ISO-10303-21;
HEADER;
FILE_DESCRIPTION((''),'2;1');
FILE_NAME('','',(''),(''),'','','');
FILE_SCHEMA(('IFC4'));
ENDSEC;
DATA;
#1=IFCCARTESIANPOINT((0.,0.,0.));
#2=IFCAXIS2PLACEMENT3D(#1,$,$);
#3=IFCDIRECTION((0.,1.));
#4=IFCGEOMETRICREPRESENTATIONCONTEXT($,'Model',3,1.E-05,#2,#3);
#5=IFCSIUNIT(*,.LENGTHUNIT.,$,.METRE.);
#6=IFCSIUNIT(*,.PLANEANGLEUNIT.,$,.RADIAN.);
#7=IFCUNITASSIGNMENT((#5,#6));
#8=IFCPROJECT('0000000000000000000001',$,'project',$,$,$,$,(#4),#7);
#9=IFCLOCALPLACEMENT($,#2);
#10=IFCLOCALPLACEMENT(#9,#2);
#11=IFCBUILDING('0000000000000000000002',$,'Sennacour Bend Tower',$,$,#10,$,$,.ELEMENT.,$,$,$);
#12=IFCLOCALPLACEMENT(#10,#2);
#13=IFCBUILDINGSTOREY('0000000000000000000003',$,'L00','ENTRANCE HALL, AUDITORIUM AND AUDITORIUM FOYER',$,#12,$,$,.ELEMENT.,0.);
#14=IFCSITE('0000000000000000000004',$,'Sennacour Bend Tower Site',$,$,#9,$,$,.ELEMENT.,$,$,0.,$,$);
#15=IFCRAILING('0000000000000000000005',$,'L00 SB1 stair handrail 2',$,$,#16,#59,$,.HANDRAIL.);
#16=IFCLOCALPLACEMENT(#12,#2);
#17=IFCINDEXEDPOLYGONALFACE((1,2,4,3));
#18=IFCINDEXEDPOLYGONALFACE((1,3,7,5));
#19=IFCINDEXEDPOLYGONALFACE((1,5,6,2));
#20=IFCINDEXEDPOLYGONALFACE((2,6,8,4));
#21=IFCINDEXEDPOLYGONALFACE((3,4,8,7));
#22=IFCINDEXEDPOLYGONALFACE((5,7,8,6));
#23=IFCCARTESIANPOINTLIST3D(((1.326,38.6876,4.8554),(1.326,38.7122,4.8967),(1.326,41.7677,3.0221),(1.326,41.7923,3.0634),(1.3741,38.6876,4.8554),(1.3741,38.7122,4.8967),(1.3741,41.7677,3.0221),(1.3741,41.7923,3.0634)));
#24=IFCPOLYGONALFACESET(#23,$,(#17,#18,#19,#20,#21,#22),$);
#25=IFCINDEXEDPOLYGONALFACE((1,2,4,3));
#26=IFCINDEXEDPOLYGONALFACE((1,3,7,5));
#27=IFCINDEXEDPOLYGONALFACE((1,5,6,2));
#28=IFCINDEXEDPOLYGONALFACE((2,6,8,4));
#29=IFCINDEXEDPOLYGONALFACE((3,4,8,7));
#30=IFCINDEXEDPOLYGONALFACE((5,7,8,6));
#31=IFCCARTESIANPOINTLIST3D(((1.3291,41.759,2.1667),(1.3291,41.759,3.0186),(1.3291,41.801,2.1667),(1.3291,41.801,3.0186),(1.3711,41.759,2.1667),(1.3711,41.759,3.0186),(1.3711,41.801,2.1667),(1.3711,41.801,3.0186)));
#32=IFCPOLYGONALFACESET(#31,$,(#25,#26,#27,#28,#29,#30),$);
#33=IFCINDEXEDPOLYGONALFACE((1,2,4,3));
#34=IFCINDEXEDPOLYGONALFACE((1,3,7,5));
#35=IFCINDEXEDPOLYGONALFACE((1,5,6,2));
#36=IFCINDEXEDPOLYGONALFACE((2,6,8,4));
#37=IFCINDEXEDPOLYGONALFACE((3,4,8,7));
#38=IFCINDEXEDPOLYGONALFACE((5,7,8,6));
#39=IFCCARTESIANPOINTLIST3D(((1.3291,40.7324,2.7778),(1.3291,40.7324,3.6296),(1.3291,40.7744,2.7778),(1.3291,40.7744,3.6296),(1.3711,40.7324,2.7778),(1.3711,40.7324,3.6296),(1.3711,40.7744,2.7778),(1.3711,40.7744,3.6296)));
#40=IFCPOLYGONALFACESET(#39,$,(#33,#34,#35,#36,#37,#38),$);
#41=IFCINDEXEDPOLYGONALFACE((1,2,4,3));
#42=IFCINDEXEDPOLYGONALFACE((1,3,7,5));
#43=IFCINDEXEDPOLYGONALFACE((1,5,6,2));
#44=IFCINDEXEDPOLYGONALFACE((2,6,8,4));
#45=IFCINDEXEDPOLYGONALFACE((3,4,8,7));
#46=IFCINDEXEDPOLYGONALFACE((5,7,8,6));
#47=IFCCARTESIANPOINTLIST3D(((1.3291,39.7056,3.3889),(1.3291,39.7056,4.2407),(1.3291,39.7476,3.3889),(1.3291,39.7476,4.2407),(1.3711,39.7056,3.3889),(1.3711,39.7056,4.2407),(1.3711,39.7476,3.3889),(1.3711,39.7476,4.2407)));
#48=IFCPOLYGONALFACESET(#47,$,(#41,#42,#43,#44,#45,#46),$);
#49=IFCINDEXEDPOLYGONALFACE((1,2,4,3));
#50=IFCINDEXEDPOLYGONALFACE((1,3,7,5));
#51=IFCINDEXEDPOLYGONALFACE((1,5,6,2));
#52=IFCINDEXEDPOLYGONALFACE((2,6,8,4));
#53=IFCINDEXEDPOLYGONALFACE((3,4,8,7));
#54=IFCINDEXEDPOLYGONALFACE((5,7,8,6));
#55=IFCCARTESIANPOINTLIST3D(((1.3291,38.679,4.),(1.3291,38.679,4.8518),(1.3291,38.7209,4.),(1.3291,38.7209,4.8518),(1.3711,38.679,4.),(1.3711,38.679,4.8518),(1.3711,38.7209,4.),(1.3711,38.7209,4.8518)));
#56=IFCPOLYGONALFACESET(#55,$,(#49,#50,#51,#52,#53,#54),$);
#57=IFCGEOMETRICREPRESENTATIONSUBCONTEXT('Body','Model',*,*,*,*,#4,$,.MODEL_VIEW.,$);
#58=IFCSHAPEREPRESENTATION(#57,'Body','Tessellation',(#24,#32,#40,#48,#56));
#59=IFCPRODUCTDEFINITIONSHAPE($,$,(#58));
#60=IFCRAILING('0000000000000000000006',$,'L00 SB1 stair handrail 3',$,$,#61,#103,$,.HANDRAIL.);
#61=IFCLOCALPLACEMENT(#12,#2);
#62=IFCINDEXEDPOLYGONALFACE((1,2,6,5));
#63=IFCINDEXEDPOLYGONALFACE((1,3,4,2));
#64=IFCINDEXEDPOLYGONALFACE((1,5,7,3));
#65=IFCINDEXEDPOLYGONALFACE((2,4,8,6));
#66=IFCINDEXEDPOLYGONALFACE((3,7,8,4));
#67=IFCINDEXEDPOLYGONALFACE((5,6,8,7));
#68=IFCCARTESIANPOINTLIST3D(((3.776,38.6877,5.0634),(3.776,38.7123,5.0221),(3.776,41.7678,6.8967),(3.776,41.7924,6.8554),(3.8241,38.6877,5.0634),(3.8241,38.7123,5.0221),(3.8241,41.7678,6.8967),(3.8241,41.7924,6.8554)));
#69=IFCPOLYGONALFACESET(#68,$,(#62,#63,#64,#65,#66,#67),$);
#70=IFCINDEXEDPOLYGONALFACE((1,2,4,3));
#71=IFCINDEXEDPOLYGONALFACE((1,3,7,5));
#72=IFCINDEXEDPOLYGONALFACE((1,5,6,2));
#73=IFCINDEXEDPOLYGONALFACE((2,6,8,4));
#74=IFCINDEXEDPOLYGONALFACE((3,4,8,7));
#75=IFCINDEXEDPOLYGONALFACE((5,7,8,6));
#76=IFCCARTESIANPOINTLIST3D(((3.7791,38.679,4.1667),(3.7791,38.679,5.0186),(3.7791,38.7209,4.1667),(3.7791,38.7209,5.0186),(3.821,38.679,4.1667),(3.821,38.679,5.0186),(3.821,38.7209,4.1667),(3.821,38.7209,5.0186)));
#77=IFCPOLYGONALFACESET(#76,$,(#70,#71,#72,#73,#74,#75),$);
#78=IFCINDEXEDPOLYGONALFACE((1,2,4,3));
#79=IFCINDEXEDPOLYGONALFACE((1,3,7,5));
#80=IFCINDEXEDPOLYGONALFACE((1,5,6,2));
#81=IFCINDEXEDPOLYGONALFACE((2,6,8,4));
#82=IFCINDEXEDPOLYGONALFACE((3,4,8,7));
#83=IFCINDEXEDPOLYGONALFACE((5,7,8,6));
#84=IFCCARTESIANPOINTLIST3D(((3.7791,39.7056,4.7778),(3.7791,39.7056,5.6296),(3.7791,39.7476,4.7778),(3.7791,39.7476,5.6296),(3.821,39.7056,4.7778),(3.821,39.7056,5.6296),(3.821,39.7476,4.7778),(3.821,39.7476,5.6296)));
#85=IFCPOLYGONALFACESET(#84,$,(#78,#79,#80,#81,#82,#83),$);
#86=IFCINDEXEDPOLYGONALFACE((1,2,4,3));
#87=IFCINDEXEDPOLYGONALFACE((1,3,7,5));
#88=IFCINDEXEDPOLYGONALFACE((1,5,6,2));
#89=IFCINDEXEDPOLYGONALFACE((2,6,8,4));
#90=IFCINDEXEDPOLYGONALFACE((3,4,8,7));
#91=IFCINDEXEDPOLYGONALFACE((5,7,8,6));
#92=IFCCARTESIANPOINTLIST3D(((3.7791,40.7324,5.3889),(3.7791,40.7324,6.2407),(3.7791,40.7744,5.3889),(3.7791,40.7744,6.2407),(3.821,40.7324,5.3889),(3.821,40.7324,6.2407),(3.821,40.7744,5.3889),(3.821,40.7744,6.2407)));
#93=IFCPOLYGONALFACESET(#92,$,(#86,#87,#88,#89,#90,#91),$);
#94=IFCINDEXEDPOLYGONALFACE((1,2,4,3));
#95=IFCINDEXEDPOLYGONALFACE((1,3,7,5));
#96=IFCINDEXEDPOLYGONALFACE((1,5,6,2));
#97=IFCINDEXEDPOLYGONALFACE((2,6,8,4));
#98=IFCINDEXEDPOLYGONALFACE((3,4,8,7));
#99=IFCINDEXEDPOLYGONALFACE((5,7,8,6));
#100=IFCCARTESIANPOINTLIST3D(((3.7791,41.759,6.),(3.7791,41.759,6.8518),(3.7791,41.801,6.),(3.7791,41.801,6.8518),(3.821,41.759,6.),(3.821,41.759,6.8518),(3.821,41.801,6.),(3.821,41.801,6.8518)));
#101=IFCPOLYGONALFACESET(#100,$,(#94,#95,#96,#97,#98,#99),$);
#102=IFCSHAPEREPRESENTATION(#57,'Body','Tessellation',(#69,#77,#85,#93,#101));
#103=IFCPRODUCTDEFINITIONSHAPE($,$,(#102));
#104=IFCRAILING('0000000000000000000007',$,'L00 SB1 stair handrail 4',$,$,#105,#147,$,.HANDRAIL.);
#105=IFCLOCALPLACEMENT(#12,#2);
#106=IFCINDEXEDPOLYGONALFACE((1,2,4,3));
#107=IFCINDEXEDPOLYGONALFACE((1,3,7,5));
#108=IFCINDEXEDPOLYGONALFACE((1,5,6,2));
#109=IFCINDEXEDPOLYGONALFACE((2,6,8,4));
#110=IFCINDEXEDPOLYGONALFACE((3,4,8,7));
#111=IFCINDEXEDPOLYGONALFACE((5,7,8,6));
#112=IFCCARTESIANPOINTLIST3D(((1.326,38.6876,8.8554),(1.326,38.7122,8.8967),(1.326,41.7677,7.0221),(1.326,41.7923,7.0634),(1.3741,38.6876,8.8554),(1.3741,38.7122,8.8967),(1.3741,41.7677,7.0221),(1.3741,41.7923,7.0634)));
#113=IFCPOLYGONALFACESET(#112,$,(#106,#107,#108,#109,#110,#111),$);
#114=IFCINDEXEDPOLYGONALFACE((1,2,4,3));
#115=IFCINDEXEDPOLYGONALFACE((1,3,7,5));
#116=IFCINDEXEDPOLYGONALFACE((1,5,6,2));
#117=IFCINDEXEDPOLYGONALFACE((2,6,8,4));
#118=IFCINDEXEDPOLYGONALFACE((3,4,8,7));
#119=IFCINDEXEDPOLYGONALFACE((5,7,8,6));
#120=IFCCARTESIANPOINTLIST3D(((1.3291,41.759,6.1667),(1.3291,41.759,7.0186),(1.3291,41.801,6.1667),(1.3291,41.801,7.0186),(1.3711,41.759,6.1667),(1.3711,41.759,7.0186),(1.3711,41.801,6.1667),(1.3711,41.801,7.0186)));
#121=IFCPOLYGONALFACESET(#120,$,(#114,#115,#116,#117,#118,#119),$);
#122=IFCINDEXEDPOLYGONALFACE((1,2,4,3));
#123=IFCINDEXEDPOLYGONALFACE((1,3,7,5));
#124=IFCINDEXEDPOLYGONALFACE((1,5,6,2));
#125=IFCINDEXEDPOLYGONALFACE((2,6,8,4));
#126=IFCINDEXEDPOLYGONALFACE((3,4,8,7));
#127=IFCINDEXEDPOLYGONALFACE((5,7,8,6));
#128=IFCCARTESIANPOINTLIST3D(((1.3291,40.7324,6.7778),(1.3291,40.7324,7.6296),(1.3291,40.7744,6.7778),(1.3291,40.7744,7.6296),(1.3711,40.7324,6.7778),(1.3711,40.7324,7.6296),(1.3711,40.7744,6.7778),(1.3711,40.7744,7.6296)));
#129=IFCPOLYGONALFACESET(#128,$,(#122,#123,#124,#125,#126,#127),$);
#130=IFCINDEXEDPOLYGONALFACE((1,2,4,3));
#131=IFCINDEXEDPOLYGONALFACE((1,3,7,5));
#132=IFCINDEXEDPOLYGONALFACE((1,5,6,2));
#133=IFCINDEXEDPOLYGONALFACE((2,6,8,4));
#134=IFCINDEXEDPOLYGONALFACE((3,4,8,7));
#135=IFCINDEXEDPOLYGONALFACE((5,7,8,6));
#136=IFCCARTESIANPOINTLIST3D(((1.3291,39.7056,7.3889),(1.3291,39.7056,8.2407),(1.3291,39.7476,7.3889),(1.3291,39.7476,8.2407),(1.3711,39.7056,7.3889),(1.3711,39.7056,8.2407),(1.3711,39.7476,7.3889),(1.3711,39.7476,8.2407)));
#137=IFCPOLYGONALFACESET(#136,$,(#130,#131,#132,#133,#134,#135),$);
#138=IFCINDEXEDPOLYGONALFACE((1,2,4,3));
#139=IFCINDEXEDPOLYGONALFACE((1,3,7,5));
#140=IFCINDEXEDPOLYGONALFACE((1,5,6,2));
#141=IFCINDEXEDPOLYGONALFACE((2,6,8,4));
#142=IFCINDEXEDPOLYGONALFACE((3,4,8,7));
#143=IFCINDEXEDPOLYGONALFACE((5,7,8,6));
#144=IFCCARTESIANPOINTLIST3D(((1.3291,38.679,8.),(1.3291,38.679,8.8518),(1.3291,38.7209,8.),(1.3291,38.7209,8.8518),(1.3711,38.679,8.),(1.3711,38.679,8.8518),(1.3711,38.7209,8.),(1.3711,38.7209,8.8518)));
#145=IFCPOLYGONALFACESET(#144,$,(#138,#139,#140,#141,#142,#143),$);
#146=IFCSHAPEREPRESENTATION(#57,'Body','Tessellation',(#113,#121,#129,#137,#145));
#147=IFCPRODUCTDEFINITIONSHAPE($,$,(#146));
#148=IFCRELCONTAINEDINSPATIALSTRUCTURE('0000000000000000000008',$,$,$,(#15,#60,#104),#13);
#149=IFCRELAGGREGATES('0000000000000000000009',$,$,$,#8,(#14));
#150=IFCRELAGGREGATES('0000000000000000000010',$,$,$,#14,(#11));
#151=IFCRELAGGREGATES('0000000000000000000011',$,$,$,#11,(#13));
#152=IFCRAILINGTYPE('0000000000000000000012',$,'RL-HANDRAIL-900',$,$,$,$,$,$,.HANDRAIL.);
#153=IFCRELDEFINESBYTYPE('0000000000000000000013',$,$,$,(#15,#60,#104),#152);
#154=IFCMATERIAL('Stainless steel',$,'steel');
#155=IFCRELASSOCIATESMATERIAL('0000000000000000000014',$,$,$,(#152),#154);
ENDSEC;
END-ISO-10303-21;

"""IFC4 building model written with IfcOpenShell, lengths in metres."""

from ifc_helpers import new_model, si_unit, direction, frame, origin, origin_2d, place, context, subcontext, project, spatial, rectangle, extrude, material, type_object, element, save


model = new_model("IFC4")

# Units and contexts
model_context = context("Model", 3, precision=1e-05, world=origin(), true_north=direction((0.0, 1.0)))
body_context = subcontext(model_context, "Body", "Model", "MODEL_VIEW")
ifc_project = project(units=[si_unit("LENGTHUNIT", "METRE"), si_unit("PLANEANGLEUNIT", "RADIAN")], contexts=[model_context])

# Site, building, storey
site_placement = place(None, origin())
site = spatial("IfcSite", under=ifc_project, at=site_placement, Name="Sennacour Bend Tower Site", CompositionType="ELEMENT", RefElevation=0.0)
building_placement = place(site_placement, origin())
building = spatial("IfcBuilding", under=site, at=building_placement, Name="Sennacour Bend Tower", CompositionType="ELEMENT")
storey_placement = place(building_placement, origin())
storey = spatial("IfcBuildingStorey", under=building, at=storey_placement, Name="L00", Description="ENTRANCE HALL, AUDITORIUM AND AUDITORIUM FOYER", CompositionType="ELEMENT", Elevation=0.0)

# Railings
ifc_material_1 = material(Name="Stainless steel", Category="steel")
railing_type_1 = type_object("IfcRailingType", Name="RL-HANDRAIL-900", PredefinedType="HANDRAIL", material=ifc_material_1)
railing_1_placement = place(storey_placement, frame((1.3501, 41.78, 2.1667)))
element("IfcRailing", 1, at=railing_1_placement, inside=storey, type_object=railing_type_1, Name="L00 SB1 stair handrail 2", PredefinedType="HANDRAIL", context=body_context, shape_type="SweptSolid", body=[
    extrude(rectangle(XDim=0.0481, YDim=0.0481, at=origin_2d()), frame((0.0, 0.0, 0.876), z_axis=(0.0, -0.859309, 0.511458), x_axis=(1.0, 0.0, 0.0)), (0.0, 0.0, 1.0), 3.5845),
    extrude(rectangle(XDim=0.042, YDim=0.042, at=origin_2d()), origin(), (0.0, 0.0, 1.0), 0.8518),
    extrude(rectangle(XDim=0.042, YDim=0.042, at=origin_2d()), frame((0.0, -1.0266, 0.6111)), (0.0, 0.0, 1.0), 0.8518),
    extrude(rectangle(XDim=0.042, YDim=0.042, at=origin_2d()), frame((0.0, -2.0535, 1.2222)), (0.0, 0.0, 1.0), 0.8518),
    extrude(rectangle(XDim=0.042, YDim=0.042, at=origin_2d()), frame((0.0, -3.0801, 1.8333)), (0.0, 0.0, 1.0), 0.8518),
])
railing_2_placement = place(storey_placement, frame((3.8, 38.7, 4.1667)))
element("IfcRailing", 2, at=railing_2_placement, inside=storey, type_object=railing_type_1, Name="L00 SB1 stair handrail 3", PredefinedType="HANDRAIL", context=body_context, shape_type="SweptSolid", body=[
    extrude(rectangle(XDim=0.0481, YDim=0.0481, at=origin_2d()), frame((0.0, 0.0, 0.876), z_axis=(0.0, 0.859309, 0.511458), x_axis=(-1.0, 0.0, 0.0)), (0.0, 0.0, 1.0), 3.5845),
    extrude(rectangle(XDim=0.042, YDim=0.042, at=origin_2d()), origin(), (0.0, 0.0, 1.0), 0.8518),
    extrude(rectangle(XDim=0.042, YDim=0.042, at=origin_2d()), frame((0.0, 1.0266, 0.6111)), (0.0, 0.0, 1.0), 0.8518),
    extrude(rectangle(XDim=0.042, YDim=0.042, at=origin_2d()), frame((0.0, 2.0535, 1.2222)), (0.0, 0.0, 1.0), 0.8518),
    extrude(rectangle(XDim=0.042, YDim=0.042, at=origin_2d()), frame((0.0, 3.0801, 1.8333)), (0.0, 0.0, 1.0), 0.8518),
])
railing_3_placement = place(storey_placement, frame((1.3501, 41.78, 6.1667)))
element("IfcRailing", 3, at=railing_3_placement, inside=storey, type_object=railing_type_1, Name="L00 SB1 stair handrail 4", PredefinedType="HANDRAIL", context=body_context, shape_type="SweptSolid", body=[
    extrude(rectangle(XDim=0.0481, YDim=0.0481, at=origin_2d()), frame((0.0, 0.0, 0.876), z_axis=(0.0, -0.859309, 0.511458), x_axis=(1.0, 0.0, 0.0)), (0.0, 0.0, 1.0), 3.5845),
    extrude(rectangle(XDim=0.042, YDim=0.042, at=origin_2d()), origin(), (0.0, 0.0, 1.0), 0.8518),
    extrude(rectangle(XDim=0.042, YDim=0.042, at=origin_2d()), frame((0.0, -1.0266, 0.6111)), (0.0, 0.0, 1.0), 0.8518),
    extrude(rectangle(XDim=0.042, YDim=0.042, at=origin_2d()), frame((0.0, -2.0535, 1.2222)), (0.0, 0.0, 1.0), 0.8518),
    extrude(rectangle(XDim=0.042, YDim=0.042, at=origin_2d()), frame((0.0, -3.0801, 1.8333)), (0.0, 0.0, 1.0), 0.8518),
])

save(model, "model.ifc")
